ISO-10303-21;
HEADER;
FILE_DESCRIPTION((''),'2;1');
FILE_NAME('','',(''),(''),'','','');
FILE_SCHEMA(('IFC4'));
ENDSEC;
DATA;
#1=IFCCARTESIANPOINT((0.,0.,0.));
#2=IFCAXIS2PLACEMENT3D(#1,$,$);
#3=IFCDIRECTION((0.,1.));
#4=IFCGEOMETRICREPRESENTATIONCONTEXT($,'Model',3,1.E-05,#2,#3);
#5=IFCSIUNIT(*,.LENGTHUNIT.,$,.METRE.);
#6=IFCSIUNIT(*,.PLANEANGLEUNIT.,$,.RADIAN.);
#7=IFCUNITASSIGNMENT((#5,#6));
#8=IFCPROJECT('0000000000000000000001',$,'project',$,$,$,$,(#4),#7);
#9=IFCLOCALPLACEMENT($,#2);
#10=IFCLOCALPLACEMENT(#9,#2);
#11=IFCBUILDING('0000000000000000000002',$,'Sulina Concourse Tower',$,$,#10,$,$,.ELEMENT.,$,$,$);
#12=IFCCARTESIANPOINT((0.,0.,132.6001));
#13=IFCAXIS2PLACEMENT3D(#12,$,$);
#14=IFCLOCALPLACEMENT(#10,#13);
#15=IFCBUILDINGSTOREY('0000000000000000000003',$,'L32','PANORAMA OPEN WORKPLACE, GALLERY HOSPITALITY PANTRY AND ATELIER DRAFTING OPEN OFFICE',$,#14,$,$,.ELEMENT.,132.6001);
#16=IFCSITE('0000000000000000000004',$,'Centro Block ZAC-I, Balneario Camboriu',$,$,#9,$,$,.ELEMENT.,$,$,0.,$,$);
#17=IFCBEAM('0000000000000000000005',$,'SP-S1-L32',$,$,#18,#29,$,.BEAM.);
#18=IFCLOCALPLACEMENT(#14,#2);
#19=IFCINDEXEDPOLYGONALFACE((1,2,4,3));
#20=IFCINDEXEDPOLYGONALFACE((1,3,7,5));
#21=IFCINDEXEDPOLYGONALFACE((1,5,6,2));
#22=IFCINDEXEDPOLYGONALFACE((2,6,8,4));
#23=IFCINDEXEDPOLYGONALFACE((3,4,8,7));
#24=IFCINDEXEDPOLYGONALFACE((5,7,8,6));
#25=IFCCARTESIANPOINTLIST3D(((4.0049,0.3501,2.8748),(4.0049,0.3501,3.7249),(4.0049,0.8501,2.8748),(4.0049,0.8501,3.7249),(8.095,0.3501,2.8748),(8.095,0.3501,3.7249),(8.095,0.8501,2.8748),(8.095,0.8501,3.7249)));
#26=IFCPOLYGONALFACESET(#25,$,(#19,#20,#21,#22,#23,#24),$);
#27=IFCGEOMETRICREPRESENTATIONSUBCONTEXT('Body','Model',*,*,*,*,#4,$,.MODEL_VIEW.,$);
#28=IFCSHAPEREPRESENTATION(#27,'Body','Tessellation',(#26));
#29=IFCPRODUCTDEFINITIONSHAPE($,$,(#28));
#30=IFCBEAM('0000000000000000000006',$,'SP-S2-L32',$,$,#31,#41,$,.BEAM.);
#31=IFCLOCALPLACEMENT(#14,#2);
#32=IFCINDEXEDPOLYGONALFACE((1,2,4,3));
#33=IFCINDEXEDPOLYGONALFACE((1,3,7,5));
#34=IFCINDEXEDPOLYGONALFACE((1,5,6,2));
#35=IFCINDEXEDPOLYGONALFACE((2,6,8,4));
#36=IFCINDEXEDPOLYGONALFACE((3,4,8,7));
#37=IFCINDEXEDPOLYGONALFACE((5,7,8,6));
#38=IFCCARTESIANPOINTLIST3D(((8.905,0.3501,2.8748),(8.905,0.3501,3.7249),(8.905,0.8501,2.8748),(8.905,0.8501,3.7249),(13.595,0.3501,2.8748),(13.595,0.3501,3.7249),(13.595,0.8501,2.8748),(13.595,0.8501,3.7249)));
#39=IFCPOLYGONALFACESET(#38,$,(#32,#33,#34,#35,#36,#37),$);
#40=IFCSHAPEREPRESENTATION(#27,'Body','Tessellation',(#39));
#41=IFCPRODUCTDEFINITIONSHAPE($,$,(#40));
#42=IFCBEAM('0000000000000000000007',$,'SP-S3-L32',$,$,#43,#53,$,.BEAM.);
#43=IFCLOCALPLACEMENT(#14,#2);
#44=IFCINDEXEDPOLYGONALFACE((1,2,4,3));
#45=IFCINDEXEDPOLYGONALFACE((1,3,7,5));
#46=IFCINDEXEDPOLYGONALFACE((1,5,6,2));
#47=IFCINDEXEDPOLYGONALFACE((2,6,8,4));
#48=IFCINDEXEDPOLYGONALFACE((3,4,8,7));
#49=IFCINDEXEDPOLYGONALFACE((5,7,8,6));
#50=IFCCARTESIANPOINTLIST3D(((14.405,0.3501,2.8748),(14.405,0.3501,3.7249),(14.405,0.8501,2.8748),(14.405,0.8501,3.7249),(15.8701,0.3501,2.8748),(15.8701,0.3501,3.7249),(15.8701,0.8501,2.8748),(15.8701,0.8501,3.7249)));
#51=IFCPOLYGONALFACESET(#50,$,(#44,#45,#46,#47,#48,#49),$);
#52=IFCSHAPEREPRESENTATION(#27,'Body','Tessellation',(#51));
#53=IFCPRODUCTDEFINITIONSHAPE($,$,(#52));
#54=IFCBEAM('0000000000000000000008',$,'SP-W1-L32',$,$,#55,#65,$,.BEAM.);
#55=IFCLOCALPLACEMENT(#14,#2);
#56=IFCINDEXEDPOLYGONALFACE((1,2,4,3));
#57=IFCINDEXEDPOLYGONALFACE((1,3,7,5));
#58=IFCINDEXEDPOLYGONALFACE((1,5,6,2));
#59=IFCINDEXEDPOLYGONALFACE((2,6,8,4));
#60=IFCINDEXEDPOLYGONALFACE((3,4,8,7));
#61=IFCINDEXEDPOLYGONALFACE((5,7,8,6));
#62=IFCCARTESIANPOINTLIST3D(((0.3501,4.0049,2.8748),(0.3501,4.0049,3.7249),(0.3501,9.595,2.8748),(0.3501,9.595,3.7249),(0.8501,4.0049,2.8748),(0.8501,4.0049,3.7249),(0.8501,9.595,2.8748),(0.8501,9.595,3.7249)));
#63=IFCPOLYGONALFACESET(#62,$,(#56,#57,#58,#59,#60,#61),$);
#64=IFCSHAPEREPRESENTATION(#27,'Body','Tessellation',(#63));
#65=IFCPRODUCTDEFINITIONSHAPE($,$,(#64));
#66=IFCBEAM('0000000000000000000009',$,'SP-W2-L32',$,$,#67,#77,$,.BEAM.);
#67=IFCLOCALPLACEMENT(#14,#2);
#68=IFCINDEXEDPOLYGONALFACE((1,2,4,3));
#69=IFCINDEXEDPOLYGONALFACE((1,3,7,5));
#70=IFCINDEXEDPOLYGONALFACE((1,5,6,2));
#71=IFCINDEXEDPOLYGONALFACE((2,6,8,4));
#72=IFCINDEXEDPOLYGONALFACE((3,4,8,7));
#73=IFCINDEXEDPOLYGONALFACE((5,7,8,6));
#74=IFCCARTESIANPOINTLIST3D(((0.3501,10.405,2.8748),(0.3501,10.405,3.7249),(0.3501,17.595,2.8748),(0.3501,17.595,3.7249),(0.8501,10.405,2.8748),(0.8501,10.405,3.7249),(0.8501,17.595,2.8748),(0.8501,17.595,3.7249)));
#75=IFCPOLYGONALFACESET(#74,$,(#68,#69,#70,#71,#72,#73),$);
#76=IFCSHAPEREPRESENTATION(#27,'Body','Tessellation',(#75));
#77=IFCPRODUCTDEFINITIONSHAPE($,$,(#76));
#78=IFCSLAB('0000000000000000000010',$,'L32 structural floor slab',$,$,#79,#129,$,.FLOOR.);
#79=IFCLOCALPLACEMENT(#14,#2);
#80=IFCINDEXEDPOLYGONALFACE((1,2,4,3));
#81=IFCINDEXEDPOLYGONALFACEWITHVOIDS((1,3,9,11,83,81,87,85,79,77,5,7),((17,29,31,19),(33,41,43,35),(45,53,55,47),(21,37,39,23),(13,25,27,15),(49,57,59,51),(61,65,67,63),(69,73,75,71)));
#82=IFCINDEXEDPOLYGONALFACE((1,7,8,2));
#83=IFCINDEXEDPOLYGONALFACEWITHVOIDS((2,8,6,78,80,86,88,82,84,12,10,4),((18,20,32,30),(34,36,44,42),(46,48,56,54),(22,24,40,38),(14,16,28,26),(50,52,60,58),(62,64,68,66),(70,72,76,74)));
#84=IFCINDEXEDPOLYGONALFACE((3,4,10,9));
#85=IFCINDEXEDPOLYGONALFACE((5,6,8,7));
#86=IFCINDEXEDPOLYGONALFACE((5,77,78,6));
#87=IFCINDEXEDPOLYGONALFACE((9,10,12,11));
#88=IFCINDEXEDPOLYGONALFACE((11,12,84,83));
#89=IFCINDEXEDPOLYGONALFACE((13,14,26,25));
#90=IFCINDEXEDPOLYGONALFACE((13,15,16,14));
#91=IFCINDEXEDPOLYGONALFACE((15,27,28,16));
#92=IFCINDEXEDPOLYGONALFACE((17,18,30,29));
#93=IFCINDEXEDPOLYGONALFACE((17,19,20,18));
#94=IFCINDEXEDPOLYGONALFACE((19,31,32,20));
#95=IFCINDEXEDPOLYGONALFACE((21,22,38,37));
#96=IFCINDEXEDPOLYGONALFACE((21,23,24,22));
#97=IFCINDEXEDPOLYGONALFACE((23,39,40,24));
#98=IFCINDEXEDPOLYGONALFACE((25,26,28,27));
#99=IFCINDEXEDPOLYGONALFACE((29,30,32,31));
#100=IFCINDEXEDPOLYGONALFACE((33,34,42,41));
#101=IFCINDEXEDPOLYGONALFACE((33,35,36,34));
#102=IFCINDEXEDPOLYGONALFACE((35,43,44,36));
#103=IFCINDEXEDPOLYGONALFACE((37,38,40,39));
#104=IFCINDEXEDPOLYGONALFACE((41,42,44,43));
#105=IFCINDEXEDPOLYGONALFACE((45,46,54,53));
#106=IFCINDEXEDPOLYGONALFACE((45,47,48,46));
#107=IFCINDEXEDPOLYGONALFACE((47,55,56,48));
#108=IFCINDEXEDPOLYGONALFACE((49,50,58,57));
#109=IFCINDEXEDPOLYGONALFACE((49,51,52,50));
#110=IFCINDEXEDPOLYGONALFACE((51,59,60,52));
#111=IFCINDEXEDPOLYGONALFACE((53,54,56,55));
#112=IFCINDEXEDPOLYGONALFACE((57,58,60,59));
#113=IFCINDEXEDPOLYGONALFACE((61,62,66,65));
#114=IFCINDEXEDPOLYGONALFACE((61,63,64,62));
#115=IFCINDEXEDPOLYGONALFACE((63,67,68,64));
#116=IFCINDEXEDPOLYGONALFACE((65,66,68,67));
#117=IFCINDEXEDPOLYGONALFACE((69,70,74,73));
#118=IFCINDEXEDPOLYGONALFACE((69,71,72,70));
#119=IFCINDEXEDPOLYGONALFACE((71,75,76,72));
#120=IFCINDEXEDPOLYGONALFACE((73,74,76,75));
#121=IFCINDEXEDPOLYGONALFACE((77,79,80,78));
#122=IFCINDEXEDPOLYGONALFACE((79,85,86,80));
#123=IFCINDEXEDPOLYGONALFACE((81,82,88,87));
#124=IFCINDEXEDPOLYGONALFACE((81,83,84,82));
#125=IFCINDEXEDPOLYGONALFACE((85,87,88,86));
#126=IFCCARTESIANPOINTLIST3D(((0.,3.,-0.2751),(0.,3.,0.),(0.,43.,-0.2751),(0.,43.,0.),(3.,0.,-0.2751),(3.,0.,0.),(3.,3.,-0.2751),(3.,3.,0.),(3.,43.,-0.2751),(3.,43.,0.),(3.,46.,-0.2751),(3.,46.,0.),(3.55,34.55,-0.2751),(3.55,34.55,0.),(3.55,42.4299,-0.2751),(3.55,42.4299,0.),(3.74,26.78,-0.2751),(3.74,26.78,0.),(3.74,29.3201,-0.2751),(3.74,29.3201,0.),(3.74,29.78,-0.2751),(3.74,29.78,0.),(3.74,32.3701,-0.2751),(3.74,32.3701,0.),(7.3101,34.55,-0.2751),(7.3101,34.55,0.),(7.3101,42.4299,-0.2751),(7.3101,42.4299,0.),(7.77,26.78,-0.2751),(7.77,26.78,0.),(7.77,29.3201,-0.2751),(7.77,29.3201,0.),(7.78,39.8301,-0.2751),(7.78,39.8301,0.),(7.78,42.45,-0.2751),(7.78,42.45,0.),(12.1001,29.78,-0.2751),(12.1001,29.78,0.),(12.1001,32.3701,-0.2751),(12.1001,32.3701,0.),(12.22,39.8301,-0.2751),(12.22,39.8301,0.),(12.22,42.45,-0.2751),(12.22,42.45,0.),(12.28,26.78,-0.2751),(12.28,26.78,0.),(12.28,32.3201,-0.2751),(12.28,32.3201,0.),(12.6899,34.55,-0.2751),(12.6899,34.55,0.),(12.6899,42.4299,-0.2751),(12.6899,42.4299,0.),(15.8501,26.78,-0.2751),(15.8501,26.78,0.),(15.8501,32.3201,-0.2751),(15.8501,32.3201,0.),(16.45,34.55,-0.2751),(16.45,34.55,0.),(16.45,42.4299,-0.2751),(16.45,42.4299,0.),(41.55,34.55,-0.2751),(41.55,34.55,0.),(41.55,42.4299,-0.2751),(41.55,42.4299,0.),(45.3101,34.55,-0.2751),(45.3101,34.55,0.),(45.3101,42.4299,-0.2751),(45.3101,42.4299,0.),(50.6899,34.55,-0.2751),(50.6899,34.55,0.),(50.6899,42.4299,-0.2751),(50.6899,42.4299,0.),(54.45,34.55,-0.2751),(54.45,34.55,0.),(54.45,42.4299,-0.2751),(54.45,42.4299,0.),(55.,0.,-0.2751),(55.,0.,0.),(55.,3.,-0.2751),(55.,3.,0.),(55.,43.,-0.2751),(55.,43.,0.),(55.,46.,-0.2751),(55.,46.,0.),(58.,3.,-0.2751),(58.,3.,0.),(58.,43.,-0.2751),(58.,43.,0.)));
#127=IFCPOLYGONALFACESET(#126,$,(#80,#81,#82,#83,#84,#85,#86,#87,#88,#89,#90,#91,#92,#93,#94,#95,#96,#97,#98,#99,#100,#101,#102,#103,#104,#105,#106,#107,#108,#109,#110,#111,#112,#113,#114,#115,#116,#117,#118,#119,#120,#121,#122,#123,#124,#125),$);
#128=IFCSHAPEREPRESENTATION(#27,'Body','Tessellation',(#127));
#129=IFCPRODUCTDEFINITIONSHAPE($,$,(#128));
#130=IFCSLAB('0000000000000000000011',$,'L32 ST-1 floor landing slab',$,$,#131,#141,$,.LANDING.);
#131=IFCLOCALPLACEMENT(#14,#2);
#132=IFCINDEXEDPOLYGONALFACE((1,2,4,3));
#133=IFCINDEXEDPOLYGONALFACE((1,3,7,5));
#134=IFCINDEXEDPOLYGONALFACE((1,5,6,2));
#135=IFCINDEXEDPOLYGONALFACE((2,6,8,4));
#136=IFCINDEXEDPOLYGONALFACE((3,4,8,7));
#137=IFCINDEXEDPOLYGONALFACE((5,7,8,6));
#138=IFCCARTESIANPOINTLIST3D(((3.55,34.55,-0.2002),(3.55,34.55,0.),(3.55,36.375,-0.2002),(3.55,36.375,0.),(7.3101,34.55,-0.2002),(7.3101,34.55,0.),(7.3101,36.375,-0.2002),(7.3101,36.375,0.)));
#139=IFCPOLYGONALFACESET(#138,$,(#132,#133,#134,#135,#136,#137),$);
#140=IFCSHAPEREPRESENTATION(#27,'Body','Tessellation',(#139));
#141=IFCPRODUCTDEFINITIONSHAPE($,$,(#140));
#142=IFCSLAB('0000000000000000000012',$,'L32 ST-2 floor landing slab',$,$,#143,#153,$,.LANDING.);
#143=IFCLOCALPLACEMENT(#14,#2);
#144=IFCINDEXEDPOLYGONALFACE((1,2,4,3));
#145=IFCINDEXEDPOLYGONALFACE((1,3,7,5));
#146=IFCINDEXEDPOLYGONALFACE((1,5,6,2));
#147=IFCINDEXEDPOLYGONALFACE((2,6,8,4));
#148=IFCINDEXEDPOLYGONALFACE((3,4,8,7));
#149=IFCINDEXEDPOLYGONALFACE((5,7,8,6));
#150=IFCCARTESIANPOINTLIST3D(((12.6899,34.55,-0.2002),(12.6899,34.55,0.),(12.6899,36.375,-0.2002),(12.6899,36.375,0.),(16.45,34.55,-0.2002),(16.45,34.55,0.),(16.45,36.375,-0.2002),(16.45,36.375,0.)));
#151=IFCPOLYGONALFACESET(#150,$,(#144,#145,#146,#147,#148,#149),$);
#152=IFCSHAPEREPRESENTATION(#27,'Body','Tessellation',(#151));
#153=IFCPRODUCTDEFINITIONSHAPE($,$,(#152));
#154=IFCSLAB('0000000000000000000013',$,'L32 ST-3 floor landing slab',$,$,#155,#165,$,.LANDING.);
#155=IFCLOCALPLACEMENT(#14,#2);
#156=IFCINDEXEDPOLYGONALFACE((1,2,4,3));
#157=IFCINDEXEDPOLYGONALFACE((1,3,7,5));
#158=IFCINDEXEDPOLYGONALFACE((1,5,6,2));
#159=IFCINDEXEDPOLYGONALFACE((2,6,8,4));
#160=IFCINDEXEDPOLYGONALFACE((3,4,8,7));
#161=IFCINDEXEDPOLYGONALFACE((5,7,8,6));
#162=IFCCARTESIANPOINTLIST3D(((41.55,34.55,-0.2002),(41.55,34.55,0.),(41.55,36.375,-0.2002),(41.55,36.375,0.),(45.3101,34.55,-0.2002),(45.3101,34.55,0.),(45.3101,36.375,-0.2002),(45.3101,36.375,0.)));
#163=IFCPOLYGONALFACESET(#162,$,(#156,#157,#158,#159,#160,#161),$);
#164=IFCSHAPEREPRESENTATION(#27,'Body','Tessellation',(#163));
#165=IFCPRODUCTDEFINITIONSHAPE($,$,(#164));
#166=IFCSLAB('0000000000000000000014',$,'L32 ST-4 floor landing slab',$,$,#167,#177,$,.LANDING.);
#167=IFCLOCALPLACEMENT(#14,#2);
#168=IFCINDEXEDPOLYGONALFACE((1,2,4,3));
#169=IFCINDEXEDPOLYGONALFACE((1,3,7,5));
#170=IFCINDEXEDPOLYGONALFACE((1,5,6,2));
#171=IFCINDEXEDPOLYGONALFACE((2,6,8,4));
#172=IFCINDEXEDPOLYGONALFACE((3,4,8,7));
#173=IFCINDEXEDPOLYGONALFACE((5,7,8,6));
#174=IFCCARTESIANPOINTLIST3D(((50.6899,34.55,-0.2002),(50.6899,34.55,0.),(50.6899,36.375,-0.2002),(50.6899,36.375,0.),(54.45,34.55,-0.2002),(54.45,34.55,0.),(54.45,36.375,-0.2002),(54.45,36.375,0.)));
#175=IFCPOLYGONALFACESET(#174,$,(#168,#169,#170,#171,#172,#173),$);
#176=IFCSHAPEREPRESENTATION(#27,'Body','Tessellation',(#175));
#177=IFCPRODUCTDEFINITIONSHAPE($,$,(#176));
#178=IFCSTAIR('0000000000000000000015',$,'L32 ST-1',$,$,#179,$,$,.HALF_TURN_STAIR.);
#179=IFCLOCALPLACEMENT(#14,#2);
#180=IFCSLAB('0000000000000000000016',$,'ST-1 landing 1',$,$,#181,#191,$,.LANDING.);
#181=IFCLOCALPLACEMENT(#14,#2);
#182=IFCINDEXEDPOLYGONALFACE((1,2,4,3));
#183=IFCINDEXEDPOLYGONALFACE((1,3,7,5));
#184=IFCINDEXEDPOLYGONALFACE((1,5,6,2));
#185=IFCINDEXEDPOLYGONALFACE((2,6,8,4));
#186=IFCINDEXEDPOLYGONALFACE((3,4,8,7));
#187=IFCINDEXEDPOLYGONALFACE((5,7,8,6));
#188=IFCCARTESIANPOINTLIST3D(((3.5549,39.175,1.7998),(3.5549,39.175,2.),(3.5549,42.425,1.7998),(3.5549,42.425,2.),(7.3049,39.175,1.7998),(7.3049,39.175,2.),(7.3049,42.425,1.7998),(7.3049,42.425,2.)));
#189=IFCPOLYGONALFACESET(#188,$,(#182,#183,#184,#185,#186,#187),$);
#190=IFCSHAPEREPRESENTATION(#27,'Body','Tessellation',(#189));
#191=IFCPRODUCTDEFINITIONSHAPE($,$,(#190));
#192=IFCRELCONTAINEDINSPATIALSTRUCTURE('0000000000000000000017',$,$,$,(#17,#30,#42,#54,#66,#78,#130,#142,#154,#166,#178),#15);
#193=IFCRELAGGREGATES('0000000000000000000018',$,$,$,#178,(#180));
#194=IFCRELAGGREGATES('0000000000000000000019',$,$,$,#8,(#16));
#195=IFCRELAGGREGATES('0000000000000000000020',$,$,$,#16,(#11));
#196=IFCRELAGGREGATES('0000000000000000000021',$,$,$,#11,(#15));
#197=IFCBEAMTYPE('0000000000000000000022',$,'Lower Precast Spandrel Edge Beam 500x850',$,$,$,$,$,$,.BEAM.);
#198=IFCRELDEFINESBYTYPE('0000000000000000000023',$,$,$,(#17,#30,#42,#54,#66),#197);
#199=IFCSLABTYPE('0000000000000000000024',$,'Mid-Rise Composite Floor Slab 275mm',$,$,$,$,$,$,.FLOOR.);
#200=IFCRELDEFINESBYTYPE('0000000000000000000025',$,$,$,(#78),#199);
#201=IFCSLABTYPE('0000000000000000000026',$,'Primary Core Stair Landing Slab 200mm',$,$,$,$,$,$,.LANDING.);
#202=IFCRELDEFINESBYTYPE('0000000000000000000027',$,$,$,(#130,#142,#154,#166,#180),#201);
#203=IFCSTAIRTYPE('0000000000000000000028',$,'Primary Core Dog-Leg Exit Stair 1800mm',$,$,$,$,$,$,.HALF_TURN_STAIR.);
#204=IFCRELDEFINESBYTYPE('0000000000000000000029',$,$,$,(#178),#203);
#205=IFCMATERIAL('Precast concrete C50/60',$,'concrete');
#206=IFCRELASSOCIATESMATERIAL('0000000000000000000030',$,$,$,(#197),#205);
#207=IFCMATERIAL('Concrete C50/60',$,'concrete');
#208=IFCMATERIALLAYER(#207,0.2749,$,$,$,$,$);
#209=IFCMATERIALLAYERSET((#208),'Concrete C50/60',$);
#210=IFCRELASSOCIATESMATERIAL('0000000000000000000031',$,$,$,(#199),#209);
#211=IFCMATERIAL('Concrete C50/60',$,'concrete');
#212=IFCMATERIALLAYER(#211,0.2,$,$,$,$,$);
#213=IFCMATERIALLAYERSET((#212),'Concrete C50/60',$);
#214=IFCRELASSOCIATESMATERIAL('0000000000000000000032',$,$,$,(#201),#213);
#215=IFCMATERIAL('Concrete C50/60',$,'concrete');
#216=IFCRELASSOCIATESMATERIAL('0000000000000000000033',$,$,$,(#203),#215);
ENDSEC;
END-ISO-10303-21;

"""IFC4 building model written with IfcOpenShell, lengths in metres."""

from ifc_helpers import new_model, si_unit, direction, frame, origin, origin_2d, place, context, subcontext, project, spatial, polyline, rectangle, outline, extrude, material, layer, layer_set, material_profile, profile_set, type_object, element, aggregate, save


model = new_model("IFC4")

# Units and contexts
model_context = context("Model", 3, precision=1e-05, world=origin(), true_north=direction((0.0, 1.0)))
body_context = subcontext(model_context, "Body", "Model", "MODEL_VIEW")
ifc_project = project(units=[si_unit("LENGTHUNIT", "METRE"), si_unit("PLANEANGLEUNIT", "RADIAN")], contexts=[model_context])

# Site, building, storey
site_placement = place(None, origin())
site = spatial("IfcSite", under=ifc_project, at=site_placement, Name="Centro Block ZAC-I, Balneario Camboriu", CompositionType="ELEMENT", RefElevation=0.0)
building_placement = place(site_placement, origin())
building = spatial("IfcBuilding", under=site, at=building_placement, Name="Sulina Concourse Tower", CompositionType="ELEMENT")
storey_placement = place(building_placement, frame((0.0, 0.0, 132.6001)))
storey = spatial("IfcBuildingStorey", under=building, at=storey_placement, Name="L32", Description="PANORAMA OPEN WORKPLACE, GALLERY HOSPITALITY PANTRY AND ATELIER DRAFTING OPEN OFFICE", CompositionType="ELEMENT", Elevation=132.6001)

# Beams
ifc_material_1 = material(Name="Precast concrete C50/60", Category="concrete")
ifc_material_profile_1 = material_profile(ifc_material_1, rectangle(XDim=0.5, YDim=0.8501, at=origin_2d()), Name="RC 500x850")
ifc_profile_set_1 = profile_set([ifc_material_profile_1], Name="Precast concrete C50/60")
beam_type_1 = type_object("IfcBeamType", Name="Lower Precast Spandrel Edge Beam 500x850", PredefinedType="BEAM", material=ifc_profile_set_1)
beam_1_placement = place(storey_placement, frame((4.0049, 0.6001, 3.2998), z_axis=(1.0, 0.0, 0.0), x_axis=(0.0, 1.0, 0.0)))
element("IfcBeam", 1, at=beam_1_placement, inside=storey, type_object=beam_type_1, Name="SP-S1-L32", PredefinedType="BEAM", context=body_context, shape_type="SweptSolid", body=[
    extrude(rectangle(XDim=0.5, YDim=0.8501, at=origin_2d()), origin(), (0.0, 0.0, 1.0), 4.0901),
])
beam_2_placement = place(storey_placement, frame((8.905, 0.6001, 3.2998), z_axis=(1.0, 0.0, 0.0), x_axis=(0.0, 1.0, 0.0)))
element("IfcBeam", 2, at=beam_2_placement, inside=storey, type_object=beam_type_1, Name="SP-S2-L32", PredefinedType="BEAM", context=body_context, shape_type="SweptSolid", body=[
    extrude(rectangle(XDim=0.5, YDim=0.8501, at=origin_2d()), origin(), (0.0, 0.0, 1.0), 4.6899),
])
beam_3_placement = place(storey_placement, frame((14.405, 0.6001, 3.2998), z_axis=(1.0, 0.0, 0.0), x_axis=(0.0, 1.0, 0.0)))
element("IfcBeam", 3, at=beam_3_placement, inside=storey, type_object=beam_type_1, Name="SP-S3-L32", PredefinedType="BEAM", context=body_context, shape_type="SweptSolid", body=[
    extrude(rectangle(XDim=0.5, YDim=0.8501, at=origin_2d()), origin(), (0.0, 0.0, 1.0), 1.4651),
])
beam_4_placement = place(storey_placement, frame((0.6001, 4.0049, 3.2998), z_axis=(0.0, 1.0, 0.0), x_axis=(-1.0, 0.0, 0.0)))
element("IfcBeam", 4, at=beam_4_placement, inside=storey, type_object=beam_type_1, Name="SP-W1-L32", PredefinedType="BEAM", context=body_context, shape_type="SweptSolid", body=[
    extrude(rectangle(XDim=0.5, YDim=0.8501, at=origin_2d()), origin(), (0.0, 0.0, 1.0), 5.5901),
])
beam_5_placement = place(storey_placement, frame((0.6001, 10.405, 3.2998), z_axis=(0.0, 1.0, 0.0), x_axis=(-1.0, 0.0, 0.0)))
element("IfcBeam", 5, at=beam_5_placement, inside=storey, type_object=beam_type_1, Name="SP-W2-L32", PredefinedType="BEAM", context=body_context, shape_type="SweptSolid", body=[
    extrude(rectangle(XDim=0.5, YDim=0.8501, at=origin_2d()), origin(), (0.0, 0.0, 1.0), 7.1899),
])

# Slabs
ifc_material_2 = material(Name="Concrete C50/60", Category="concrete")
ifc_layer_1 = layer(ifc_material_2, 0.2749)
ifc_layer_set_1 = layer_set([ifc_layer_1], Name="Concrete C50/60")
slab_type_1 = type_object("IfcSlabType", Name="Mid-Rise Composite Floor Slab 275mm", PredefinedType="FLOOR", material=ifc_layer_set_1)
slab_1_placement = place(storey_placement, frame((0.0, 0.0, -0.2751)))
element("IfcSlab", 6, at=slab_1_placement, inside=storey, type_object=slab_type_1, Name="L32 structural floor slab", PredefinedType="FLOOR", context=body_context, shape_type="SweptSolid", body=[
    extrude(outline(polyline([(3.0, 0.0), (55.0, 0.0), (55.0, 3.0), (58.0, 3.0), (58.0, 43.0), (55.0, 43.0), (55.0, 46.0), (3.0, 46.0), (3.0, 43.0), (0.0, 43.0), (0.0, 3.0), (3.0, 3.0), (3.0, 0.0)]), holes=[polyline([(7.3101, 34.55), (7.3101, 42.4299), (3.55, 42.4299), (3.55, 34.55), (7.3101, 34.55)]), polyline([(16.45, 34.55), (16.45, 42.4299), (12.6899, 42.4299), (12.6899, 34.55), (16.45, 34.55)]), polyline([(45.3101, 34.55), (45.3101, 42.4299), (41.55, 42.4299), (41.55, 34.55), (45.3101, 34.55)]), polyline([(54.45, 34.55), (54.45, 42.4299), (50.6899, 42.4299), (50.6899, 34.55), (54.45, 34.55)]), polyline([(7.78, 39.8301), (12.22, 39.8301), (12.22, 42.45), (7.78, 42.45), (7.78, 39.8301)]), polyline([(3.74, 26.78), (7.77, 26.78), (7.77, 29.3201), (3.74, 29.3201), (3.74, 26.78)]), polyline([(3.74, 29.78), (12.1001, 29.78), (12.1001, 32.3701), (3.74, 32.3701), (3.74, 29.78)]), polyline([(12.28, 26.78), (15.8501, 26.78), (15.8501, 32.3201), (12.28, 32.3201), (12.28, 26.78)])]), origin(), (0.0, 0.0, 1.0), 0.2751),
])
ifc_material_3 = material(Name="Concrete C50/60", Category="concrete")
ifc_layer_2 = layer(ifc_material_3, 0.2)
ifc_layer_set_2 = layer_set([ifc_layer_2], Name="Concrete C50/60")
slab_type_2 = type_object("IfcSlabType", Name="Primary Core Stair Landing Slab 200mm", PredefinedType="LANDING", material=ifc_layer_set_2)
slab_2_placement = place(storey_placement, frame((0.0, 0.0, -0.2002)))
element("IfcSlab", 7, at=slab_2_placement, inside=storey, type_object=slab_type_2, Name="L32 ST-1 floor landing slab", PredefinedType="LANDING", context=body_context, shape_type="SweptSolid", body=[
    extrude(outline(polyline([(7.3101, 34.55), (7.3101, 36.375), (3.55, 36.375), (3.55, 34.55), (7.3101, 34.55)])), origin(), (0.0, 0.0, 1.0), 0.2002),
])
slab_3_placement = place(storey_placement, frame((0.0, 0.0, -0.2002)))
element("IfcSlab", 8, at=slab_3_placement, inside=storey, type_object=slab_type_2, Name="L32 ST-2 floor landing slab", PredefinedType="LANDING", context=body_context, shape_type="SweptSolid", body=[
    extrude(outline(polyline([(16.45, 34.55), (16.45, 36.375), (12.6899, 36.375), (12.6899, 34.55), (16.45, 34.55)])), origin(), (0.0, 0.0, 1.0), 0.2002),
])
slab_4_placement = place(storey_placement, frame((0.0, 0.0, -0.2002)))
element("IfcSlab", 9, at=slab_4_placement, inside=storey, type_object=slab_type_2, Name="L32 ST-3 floor landing slab", PredefinedType="LANDING", context=body_context, shape_type="SweptSolid", body=[
    extrude(outline(polyline([(45.3101, 34.55), (45.3101, 36.375), (41.55, 36.375), (41.55, 34.55), (45.3101, 34.55)])), origin(), (0.0, 0.0, 1.0), 0.2002),
])
slab_5_placement = place(storey_placement, frame((0.0, 0.0, -0.2002)))
element("IfcSlab", 10, at=slab_5_placement, inside=storey, type_object=slab_type_2, Name="L32 ST-4 floor landing slab", PredefinedType="LANDING", context=body_context, shape_type="SweptSolid", body=[
    extrude(outline(polyline([(54.45, 34.55), (54.45, 36.375), (50.6899, 36.375), (50.6899, 34.55), (54.45, 34.55)])), origin(), (0.0, 0.0, 1.0), 0.2002),
])

# Stair, slab
ifc_material_4 = material(Name="Concrete C50/60", Category="concrete")
stair_type_1 = type_object("IfcStairType", Name="Primary Core Dog-Leg Exit Stair 1800mm", PredefinedType="HALF_TURN_STAIR", material=ifc_material_4)
stair_1_placement = place(storey_placement, origin())
stair_1 = element("IfcStair", 11, at=stair_1_placement, inside=storey, type_object=stair_type_1, Name="L32 ST-1", PredefinedType="HALF_TURN_STAIR")
slab_6_placement = place(storey_placement, frame((0.0, 0.0, 1.7998)))
slab_6 = element("IfcSlab", 12, at=slab_6_placement, type_object=slab_type_2, Name="ST-1 landing 1", PredefinedType="LANDING", context=body_context, shape_type="SweptSolid", body=[
    extrude(outline(polyline([(7.3049, 39.175), (7.3049, 42.425), (3.5549, 42.425), (3.5549, 39.175), (7.3049, 39.175)])), origin(), (0.0, 0.0, 1.0), 0.2002),
])
aggregate(stair_1, [slab_6])

save(model, "model.ifc")
